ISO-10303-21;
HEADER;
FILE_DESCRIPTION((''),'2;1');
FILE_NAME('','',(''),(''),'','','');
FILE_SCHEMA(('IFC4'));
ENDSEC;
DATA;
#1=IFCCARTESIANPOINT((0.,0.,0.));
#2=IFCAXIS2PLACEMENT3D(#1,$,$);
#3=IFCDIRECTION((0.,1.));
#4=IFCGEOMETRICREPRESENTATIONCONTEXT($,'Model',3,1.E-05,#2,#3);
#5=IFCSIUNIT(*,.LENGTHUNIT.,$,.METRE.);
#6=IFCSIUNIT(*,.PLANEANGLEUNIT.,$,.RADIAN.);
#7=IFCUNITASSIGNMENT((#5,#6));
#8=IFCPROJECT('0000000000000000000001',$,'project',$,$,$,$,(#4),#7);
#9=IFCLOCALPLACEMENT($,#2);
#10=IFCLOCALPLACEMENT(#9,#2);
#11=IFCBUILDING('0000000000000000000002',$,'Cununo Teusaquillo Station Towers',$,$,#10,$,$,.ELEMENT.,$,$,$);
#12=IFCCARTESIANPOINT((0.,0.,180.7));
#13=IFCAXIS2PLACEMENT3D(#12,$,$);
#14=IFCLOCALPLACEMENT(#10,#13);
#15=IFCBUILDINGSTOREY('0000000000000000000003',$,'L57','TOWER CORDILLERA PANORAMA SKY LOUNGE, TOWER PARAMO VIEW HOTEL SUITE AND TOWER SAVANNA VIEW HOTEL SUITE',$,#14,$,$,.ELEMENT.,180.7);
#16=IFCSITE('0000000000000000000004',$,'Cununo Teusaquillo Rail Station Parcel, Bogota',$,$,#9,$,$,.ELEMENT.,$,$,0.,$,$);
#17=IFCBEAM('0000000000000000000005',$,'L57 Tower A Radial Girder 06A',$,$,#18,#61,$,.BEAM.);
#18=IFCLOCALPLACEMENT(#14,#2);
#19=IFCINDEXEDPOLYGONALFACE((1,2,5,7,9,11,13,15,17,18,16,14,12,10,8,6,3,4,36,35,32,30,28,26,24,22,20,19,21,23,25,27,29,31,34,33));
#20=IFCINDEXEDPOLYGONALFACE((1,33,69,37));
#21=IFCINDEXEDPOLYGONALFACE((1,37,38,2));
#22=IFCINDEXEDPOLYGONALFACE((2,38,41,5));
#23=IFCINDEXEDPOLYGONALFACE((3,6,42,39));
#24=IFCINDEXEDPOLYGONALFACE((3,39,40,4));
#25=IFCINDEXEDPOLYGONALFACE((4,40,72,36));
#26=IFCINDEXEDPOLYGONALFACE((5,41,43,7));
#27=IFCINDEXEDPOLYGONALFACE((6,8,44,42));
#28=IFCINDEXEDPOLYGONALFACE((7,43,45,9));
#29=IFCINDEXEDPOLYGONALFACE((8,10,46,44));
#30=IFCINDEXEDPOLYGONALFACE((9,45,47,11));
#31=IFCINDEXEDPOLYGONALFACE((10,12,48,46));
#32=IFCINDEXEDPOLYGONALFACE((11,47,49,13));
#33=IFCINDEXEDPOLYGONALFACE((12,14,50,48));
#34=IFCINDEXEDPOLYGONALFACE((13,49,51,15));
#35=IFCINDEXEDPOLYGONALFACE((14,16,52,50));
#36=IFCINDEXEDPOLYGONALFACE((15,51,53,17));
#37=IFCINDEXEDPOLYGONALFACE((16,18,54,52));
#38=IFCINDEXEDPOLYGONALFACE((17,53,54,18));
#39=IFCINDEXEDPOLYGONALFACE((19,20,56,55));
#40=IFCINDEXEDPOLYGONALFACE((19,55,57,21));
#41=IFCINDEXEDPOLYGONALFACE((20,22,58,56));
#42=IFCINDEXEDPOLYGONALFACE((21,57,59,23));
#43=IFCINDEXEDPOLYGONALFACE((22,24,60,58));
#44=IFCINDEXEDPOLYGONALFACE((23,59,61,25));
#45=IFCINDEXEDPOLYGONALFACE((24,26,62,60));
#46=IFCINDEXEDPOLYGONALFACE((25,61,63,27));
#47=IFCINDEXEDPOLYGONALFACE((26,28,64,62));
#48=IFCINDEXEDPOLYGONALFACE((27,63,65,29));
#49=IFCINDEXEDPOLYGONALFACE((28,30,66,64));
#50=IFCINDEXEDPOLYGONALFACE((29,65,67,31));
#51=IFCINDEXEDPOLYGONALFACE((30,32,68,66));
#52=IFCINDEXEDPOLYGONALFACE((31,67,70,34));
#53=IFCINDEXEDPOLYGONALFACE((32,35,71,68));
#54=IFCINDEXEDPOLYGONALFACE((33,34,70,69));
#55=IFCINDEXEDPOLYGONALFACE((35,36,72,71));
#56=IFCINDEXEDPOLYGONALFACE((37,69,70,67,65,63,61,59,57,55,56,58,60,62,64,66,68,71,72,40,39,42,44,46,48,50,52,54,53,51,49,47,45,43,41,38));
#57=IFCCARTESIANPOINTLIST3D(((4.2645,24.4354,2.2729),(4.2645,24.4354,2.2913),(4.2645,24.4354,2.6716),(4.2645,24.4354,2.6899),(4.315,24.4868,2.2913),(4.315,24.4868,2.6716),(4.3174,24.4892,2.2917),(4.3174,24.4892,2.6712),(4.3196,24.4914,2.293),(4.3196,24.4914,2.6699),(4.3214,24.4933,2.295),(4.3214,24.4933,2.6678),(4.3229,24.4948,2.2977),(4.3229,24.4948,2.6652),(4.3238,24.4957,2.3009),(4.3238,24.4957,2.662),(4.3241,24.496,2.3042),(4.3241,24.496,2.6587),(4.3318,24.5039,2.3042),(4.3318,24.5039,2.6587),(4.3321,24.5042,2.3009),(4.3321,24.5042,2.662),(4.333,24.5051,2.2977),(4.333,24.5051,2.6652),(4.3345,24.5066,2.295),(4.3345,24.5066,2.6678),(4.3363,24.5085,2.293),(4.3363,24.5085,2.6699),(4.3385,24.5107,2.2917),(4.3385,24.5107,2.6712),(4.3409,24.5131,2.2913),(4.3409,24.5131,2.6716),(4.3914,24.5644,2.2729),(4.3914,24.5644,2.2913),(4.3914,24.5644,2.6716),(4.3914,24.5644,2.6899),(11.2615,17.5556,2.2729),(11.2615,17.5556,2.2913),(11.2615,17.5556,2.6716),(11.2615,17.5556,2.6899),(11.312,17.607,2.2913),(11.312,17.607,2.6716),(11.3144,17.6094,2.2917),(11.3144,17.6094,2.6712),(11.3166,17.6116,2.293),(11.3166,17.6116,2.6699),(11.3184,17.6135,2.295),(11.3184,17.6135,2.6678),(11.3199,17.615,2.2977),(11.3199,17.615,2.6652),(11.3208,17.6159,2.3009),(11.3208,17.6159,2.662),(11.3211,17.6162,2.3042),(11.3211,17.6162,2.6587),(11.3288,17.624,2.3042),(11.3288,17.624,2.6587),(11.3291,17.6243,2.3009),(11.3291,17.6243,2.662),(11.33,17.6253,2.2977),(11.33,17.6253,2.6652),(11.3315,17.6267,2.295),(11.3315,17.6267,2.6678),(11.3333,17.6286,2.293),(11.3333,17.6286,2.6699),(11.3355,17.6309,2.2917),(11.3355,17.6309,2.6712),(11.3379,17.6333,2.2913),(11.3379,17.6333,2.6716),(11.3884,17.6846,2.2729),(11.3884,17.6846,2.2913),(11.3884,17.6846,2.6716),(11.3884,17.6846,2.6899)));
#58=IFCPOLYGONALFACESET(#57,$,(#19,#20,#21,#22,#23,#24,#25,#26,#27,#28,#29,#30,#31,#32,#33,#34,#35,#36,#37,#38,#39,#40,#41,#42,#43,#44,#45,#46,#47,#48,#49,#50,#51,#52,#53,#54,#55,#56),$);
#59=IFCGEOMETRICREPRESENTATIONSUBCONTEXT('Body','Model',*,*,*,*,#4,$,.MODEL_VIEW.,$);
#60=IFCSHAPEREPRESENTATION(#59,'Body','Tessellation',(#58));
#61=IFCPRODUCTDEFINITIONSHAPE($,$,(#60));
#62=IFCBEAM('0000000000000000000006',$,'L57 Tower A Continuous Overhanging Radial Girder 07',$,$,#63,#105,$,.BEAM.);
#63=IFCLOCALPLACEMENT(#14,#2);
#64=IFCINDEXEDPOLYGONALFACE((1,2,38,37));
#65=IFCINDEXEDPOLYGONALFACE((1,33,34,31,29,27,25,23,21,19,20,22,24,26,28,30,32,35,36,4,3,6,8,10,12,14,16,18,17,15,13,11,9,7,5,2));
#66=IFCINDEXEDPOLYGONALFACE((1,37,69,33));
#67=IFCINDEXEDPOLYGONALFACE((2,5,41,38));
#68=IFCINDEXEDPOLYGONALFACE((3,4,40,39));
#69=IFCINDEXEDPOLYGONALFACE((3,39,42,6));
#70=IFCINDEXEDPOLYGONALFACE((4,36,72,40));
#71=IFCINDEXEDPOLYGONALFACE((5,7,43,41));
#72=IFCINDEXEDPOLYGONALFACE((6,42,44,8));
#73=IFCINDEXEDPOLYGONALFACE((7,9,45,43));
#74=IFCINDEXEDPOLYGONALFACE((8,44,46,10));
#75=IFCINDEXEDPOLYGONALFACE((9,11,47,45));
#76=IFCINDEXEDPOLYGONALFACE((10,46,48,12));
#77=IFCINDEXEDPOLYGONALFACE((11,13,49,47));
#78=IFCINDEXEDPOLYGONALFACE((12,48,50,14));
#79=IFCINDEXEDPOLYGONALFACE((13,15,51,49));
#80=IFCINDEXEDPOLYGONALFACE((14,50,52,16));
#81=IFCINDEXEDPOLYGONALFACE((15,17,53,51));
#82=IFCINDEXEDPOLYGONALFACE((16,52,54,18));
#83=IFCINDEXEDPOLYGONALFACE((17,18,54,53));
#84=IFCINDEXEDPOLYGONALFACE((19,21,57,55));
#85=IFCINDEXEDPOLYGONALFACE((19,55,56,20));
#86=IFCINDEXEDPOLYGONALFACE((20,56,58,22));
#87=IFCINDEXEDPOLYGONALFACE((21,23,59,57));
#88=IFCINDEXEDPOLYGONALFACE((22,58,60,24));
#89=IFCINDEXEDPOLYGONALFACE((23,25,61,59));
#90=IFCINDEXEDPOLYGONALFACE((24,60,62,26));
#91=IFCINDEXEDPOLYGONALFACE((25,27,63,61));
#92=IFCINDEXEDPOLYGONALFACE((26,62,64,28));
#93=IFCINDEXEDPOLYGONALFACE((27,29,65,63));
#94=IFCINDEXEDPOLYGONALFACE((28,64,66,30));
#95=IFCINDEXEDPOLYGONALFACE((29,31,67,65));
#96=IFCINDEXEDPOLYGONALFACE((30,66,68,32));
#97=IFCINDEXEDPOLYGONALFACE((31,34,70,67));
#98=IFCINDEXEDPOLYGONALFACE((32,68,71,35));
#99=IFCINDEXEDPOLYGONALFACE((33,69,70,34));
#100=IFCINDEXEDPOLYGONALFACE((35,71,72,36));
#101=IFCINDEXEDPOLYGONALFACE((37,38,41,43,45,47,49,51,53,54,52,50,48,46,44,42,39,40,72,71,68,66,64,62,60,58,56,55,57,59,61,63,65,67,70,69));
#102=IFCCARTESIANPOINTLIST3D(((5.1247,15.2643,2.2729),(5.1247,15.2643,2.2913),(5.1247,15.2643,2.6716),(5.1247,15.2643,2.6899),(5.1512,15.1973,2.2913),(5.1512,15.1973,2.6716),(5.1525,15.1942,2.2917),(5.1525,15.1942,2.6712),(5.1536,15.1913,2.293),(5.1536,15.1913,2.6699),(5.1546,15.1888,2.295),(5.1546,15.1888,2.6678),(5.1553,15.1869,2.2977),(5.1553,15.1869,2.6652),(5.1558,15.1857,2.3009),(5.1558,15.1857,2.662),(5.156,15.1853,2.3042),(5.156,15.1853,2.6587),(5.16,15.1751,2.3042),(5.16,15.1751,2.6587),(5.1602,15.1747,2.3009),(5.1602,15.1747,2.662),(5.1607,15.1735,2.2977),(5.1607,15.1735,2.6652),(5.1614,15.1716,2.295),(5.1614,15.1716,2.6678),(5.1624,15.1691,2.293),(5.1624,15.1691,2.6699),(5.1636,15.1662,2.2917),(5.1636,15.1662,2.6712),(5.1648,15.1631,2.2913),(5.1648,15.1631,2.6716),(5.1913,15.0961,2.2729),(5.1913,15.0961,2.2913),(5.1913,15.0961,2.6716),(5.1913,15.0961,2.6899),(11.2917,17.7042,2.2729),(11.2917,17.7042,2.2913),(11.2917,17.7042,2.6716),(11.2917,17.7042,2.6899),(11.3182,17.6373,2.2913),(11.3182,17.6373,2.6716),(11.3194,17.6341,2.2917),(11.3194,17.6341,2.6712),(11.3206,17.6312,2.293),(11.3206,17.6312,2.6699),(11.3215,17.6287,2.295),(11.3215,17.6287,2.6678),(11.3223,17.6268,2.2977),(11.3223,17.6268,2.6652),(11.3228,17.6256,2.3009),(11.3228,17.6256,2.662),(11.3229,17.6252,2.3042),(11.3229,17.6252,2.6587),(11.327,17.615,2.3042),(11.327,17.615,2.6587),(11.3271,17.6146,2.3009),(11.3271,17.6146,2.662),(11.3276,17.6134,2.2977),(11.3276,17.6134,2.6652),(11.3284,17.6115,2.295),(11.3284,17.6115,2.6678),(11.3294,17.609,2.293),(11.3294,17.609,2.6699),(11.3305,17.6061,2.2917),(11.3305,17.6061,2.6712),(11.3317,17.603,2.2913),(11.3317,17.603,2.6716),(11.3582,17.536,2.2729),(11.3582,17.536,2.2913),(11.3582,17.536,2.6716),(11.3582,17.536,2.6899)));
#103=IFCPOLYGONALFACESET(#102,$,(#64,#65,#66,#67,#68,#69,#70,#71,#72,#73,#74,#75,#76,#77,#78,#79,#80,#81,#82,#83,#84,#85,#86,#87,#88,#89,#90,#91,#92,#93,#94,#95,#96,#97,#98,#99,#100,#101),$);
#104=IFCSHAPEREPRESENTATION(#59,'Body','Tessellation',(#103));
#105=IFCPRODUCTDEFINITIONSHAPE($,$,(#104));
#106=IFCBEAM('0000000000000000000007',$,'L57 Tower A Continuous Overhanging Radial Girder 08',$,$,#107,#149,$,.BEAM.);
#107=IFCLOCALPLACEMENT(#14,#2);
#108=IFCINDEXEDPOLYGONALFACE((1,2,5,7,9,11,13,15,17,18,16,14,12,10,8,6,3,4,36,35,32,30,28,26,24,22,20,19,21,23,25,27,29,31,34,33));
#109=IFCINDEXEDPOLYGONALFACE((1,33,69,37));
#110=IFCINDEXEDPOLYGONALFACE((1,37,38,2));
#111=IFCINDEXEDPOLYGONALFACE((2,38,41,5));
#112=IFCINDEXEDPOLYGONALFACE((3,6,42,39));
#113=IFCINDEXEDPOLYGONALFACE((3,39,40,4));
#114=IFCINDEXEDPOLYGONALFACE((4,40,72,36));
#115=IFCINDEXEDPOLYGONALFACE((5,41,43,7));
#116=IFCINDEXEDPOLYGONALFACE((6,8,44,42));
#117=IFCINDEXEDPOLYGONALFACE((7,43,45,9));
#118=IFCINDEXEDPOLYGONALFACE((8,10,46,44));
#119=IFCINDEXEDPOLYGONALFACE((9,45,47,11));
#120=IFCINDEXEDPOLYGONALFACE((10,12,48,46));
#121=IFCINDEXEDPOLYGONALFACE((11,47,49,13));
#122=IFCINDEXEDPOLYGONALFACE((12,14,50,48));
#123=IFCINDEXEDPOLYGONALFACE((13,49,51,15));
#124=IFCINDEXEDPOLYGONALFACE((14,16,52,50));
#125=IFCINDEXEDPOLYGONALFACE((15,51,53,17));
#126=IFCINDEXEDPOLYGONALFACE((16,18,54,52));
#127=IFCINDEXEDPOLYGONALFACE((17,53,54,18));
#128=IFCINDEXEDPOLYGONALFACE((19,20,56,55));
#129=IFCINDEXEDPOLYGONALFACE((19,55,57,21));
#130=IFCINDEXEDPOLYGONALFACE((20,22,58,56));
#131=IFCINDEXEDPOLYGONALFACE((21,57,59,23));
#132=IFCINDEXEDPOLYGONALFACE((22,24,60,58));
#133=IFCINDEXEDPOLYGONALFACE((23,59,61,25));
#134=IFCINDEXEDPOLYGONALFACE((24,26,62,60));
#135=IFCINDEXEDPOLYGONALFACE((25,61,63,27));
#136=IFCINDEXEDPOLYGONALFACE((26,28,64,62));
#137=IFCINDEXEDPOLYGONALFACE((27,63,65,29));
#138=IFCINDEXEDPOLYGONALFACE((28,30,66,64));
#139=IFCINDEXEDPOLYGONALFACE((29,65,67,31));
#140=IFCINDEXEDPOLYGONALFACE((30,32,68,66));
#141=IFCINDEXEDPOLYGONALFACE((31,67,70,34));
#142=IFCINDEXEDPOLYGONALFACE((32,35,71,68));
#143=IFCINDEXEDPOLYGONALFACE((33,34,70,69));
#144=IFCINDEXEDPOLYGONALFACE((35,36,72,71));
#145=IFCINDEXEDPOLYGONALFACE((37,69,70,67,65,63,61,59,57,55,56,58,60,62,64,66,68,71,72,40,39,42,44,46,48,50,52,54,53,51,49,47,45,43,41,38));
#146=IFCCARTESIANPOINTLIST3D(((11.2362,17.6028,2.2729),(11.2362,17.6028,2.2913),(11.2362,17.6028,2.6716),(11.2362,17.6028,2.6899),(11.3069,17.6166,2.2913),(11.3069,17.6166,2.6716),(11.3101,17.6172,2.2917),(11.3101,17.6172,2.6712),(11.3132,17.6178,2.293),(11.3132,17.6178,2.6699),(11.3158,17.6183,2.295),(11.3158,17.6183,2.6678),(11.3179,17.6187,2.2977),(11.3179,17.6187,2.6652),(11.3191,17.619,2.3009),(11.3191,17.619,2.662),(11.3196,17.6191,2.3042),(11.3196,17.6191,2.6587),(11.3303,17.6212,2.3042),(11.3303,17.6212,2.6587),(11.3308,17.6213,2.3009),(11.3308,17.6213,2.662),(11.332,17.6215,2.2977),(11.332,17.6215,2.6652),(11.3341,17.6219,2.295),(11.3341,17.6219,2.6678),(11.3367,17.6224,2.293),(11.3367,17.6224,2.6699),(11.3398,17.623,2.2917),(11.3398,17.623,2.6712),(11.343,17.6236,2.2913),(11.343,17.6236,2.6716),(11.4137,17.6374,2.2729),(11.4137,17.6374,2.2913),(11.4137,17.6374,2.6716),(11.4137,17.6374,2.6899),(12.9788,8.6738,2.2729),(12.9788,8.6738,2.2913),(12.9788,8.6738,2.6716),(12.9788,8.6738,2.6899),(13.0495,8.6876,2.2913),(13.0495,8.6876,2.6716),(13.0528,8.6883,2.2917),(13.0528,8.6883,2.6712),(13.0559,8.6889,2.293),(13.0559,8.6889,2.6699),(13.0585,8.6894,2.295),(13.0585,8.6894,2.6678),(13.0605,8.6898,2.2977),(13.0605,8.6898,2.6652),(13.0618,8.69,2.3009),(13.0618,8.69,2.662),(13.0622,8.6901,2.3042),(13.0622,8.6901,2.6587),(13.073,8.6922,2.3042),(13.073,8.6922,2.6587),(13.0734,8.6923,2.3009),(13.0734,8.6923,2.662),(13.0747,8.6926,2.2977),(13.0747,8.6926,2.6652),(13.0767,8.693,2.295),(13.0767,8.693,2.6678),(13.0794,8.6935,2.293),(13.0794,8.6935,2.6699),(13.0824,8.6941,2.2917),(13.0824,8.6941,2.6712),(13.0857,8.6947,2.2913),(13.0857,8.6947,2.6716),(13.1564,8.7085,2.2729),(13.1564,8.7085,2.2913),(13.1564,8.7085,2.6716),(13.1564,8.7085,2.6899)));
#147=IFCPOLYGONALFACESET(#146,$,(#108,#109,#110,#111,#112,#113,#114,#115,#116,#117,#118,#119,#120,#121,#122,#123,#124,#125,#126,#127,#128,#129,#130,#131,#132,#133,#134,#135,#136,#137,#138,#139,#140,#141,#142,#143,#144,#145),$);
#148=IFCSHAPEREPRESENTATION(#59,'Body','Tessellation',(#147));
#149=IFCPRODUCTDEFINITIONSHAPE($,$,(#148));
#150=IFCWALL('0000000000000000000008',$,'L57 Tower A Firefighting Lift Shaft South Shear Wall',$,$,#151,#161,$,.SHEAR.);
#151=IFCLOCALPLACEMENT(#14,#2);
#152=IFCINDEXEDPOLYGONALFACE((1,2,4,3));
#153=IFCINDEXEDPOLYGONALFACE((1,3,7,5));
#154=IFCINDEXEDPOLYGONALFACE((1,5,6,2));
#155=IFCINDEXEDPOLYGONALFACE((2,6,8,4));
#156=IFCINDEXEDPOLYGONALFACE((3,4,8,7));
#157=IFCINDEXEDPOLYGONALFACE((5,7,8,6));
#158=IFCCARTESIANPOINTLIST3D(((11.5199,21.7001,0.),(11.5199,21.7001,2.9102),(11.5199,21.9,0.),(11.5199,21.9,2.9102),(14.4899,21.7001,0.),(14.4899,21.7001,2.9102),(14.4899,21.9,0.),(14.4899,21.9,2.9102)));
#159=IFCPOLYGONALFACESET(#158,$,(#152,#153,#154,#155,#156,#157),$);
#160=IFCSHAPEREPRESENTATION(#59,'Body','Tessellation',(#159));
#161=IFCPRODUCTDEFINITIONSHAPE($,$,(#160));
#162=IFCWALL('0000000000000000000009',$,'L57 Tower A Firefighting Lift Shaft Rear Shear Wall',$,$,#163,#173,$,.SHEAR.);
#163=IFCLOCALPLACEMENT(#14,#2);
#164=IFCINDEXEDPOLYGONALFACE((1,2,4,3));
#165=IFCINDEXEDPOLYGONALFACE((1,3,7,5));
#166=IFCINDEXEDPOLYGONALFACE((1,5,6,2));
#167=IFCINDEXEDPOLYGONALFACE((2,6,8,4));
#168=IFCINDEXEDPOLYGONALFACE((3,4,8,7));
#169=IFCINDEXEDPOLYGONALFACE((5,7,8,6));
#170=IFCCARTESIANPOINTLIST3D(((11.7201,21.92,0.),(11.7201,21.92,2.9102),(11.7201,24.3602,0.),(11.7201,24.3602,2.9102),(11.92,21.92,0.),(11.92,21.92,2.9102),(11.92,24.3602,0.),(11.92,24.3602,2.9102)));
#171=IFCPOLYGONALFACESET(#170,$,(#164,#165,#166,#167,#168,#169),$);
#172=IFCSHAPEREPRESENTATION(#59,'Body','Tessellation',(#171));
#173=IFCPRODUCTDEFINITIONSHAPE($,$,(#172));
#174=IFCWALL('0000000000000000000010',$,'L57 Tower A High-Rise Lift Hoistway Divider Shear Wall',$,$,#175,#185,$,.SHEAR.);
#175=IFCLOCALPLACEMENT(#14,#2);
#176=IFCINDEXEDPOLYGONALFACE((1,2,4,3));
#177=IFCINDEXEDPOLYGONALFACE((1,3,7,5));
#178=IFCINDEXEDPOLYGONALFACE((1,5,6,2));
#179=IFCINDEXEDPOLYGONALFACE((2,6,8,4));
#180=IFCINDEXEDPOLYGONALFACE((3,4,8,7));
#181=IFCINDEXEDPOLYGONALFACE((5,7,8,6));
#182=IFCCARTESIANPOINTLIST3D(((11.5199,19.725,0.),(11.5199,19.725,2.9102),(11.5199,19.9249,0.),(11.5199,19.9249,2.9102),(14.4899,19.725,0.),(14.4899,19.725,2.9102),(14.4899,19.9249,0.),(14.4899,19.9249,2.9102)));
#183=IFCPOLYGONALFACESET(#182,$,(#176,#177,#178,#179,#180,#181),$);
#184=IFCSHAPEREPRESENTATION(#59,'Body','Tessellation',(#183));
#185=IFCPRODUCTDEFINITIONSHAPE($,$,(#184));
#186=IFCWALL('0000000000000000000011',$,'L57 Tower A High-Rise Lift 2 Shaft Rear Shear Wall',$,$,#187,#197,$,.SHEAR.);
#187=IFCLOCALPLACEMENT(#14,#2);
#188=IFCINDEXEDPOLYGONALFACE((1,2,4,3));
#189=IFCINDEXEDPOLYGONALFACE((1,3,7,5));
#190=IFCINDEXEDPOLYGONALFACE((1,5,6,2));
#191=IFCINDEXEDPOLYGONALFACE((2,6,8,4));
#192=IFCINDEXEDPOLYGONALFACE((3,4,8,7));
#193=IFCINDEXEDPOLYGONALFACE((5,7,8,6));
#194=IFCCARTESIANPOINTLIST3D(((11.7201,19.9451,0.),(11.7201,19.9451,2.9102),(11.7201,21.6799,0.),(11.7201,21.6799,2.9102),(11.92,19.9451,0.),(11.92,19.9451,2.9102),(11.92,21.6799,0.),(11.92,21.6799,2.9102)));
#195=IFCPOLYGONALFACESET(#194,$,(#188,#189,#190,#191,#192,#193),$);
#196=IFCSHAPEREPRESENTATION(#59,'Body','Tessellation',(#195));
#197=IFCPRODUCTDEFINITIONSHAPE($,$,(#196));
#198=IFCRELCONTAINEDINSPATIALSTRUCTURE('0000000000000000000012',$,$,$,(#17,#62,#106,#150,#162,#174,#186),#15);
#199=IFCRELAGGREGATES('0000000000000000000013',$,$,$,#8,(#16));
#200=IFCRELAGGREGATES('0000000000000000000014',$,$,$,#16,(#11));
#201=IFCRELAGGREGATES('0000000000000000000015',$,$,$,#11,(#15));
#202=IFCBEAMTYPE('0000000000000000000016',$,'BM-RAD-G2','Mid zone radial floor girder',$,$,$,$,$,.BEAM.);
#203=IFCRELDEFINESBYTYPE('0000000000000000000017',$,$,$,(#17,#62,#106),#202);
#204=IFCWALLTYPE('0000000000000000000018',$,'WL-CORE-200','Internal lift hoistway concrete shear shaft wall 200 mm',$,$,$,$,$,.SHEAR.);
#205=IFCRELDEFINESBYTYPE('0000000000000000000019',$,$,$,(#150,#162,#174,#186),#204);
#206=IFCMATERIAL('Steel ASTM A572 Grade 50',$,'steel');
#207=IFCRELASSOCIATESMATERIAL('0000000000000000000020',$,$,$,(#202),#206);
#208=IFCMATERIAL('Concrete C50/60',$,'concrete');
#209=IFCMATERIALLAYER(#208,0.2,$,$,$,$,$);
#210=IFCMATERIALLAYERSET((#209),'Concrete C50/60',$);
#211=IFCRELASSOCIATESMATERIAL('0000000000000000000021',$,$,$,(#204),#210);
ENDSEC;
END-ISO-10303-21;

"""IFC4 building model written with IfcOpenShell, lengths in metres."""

from ifc_helpers import new_model, si_unit, direction, frame, frame_2d, origin, origin_2d, place, context, subcontext, project, spatial, rectangle, i_section, extrude, material, layer, layer_set, material_profile, profile_set, type_object, element, save


model = new_model("IFC4")

# Units and contexts
model_context = context("Model", 3, precision=1e-05, world=origin(), true_north=direction((0.0, 1.0)))
body_context = subcontext(model_context, "Body", "Model", "MODEL_VIEW")
ifc_project = project(units=[si_unit("LENGTHUNIT", "METRE"), si_unit("PLANEANGLEUNIT", "RADIAN")], contexts=[model_context])

# Site, building, storey
site_placement = place(None, origin())
site = spatial("IfcSite", under=ifc_project, at=site_placement, Name="Cununo Teusaquillo Rail Station Parcel, Bogota", CompositionType="ELEMENT", RefElevation=0.0)
building_placement = place(site_placement, origin())
building = spatial("IfcBuilding", under=site, at=building_placement, Name="Cununo Teusaquillo Station Towers", CompositionType="ELEMENT")
storey_placement = place(building_placement, frame((0.0, 0.0, 180.7)))
storey = spatial("IfcBuildingStorey", under=building, at=storey_placement, Name="L57", Description="TOWER CORDILLERA PANORAMA SKY LOUNGE, TOWER PARAMO VIEW HOTEL SUITE AND TOWER SAVANNA VIEW HOTEL SUITE", CompositionType="ELEMENT", Elevation=180.7)

# Beams
ifc_material_1 = material(Name="Steel ASTM A572 Grade 50", Category="steel")
ifc_material_profile_1 = material_profile(ifc_material_1, i_section(OverallWidth=0.1809, OverallDepth=0.417, WebThickness=0.011, FlangeThickness=0.0183, FilletRadius=0.0129, at=origin_2d()), Name="W16X57")
ifc_profile_set_1 = profile_set([ifc_material_profile_1], Name="Steel ASTM A572 Grade 50")
beam_type_1 = type_object("IfcBeamType", Name="BM-RAD-G2", Description="Mid zone radial floor girder", PredefinedType="BEAM", material=ifc_profile_set_1)
beam_1_placement = place(storey_placement, frame((11.325, 17.6201, 2.4814), z_axis=(-0.713053, 0.70111, 0.0), x_axis=(-0.70111, -0.713053, 0.0)))
element("IfcBeam", 1, at=beam_1_placement, inside=storey, type_object=beam_type_1, Name="L57 Tower A Radial Girder 06A", PredefinedType="BEAM", context=body_context, shape_type="SweptSolid", body=[
    extrude(i_section(OverallWidth=0.1809, OverallDepth=0.417, WebThickness=0.011, FlangeThickness=0.0183, FilletRadius=0.0129, at=origin_2d()), origin(), (0.0, 0.0, 1.0), 9.8127),
])
beam_2_placement = place(storey_placement, frame((11.325, 17.6201, 2.4814), z_axis=(-0.929866, -0.367897, 0.0), x_axis=(0.367897, -0.929866, 0.0)))
element("IfcBeam", 2, at=beam_2_placement, inside=storey, type_object=beam_type_1, Name="L57 Tower A Continuous Overhanging Radial Girder 07", PredefinedType="BEAM", context=body_context, shape_type="SweptSolid", body=[
    extrude(i_section(OverallWidth=0.1809, OverallDepth=0.417, WebThickness=0.011, FlangeThickness=0.0183, FilletRadius=0.0129, at=origin_2d()), origin(), (0.0, 0.0, 1.0), 6.6321),
])
beam_3_placement = place(storey_placement, frame((11.325, 17.6201, 2.4814), z_axis=(0.191557, -0.981481, 0.0), x_axis=(0.981481, 0.191557, 0.0)))
element("IfcBeam", 3, at=beam_3_placement, inside=storey, type_object=beam_type_1, Name="L57 Tower A Continuous Overhanging Radial Girder 08", PredefinedType="BEAM", context=body_context, shape_type="SweptSolid", body=[
    extrude(i_section(OverallWidth=0.1809, OverallDepth=0.417, WebThickness=0.011, FlangeThickness=0.0183, FilletRadius=0.0129, at=origin_2d()), origin(), (0.0, 0.0, 1.0), 9.0974),
])

# Walls
ifc_material_2 = material(Name="Concrete C50/60", Category="concrete")
ifc_layer_1 = layer(ifc_material_2, 0.2)
ifc_layer_set_1 = layer_set([ifc_layer_1], Name="Concrete C50/60")
wall_type_1 = type_object("IfcWallType", Name="WL-CORE-200", Description="Internal lift hoistway concrete shear shaft wall 200 mm", PredefinedType="SHEAR", material=ifc_layer_set_1)
wall_1_placement = place(storey_placement, frame((11.52, 21.8, 0.0), z_axis=(0.0, 0.0, 1.0), x_axis=(1.0, 0.0, 0.0)))
element("IfcWall", 4, at=wall_1_placement, inside=storey, type_object=wall_type_1, Name="L57 Tower A Firefighting Lift Shaft South Shear Wall", PredefinedType="SHEAR", context=body_context, shape_type="SweptSolid", body=[
    extrude(rectangle(XDim=2.97, YDim=0.2, at=frame_2d((1.4849, 0.0))), origin(), (0.0, 0.0, 1.0), 2.9102),
])
wall_2_placement = place(storey_placement, frame((11.8201, 21.9199, 0.0), z_axis=(0.0, 0.0, 1.0), x_axis=(0.0, 1.0, 0.0)))
element("IfcWall", 5, at=wall_2_placement, inside=storey, type_object=wall_type_1, Name="L57 Tower A Firefighting Lift Shaft Rear Shear Wall", PredefinedType="SHEAR", context=body_context, shape_type="SweptSolid", body=[
    extrude(rectangle(XDim=2.4402, YDim=0.2, at=frame_2d((1.2202, 0.0))), origin(), (0.0, 0.0, 1.0), 2.9102),
])
wall_3_placement = place(storey_placement, frame((11.52, 19.825, 0.0), z_axis=(0.0, 0.0, 1.0), x_axis=(1.0, 0.0, 0.0)))
element("IfcWall", 6, at=wall_3_placement, inside=storey, type_object=wall_type_1, Name="L57 Tower A High-Rise Lift Hoistway Divider Shear Wall", PredefinedType="SHEAR", context=body_context, shape_type="SweptSolid", body=[
    extrude(rectangle(XDim=2.97, YDim=0.2, at=frame_2d((1.4849, 0.0))), origin(), (0.0, 0.0, 1.0), 2.9102),
])
wall_4_placement = place(storey_placement, frame((11.8201, 19.9451, 0.0), z_axis=(0.0, 0.0, 1.0), x_axis=(0.0, 1.0, 0.0)))
element("IfcWall", 7, at=wall_4_placement, inside=storey, type_object=wall_type_1, Name="L57 Tower A High-Rise Lift 2 Shaft Rear Shear Wall", PredefinedType="SHEAR", context=body_context, shape_type="SweptSolid", body=[
    extrude(rectangle(XDim=1.7349, YDim=0.2, at=frame_2d((0.8674, 0.0))), origin(), (0.0, 0.0, 1.0), 2.9102),
])

save(model, "model.ifc")
